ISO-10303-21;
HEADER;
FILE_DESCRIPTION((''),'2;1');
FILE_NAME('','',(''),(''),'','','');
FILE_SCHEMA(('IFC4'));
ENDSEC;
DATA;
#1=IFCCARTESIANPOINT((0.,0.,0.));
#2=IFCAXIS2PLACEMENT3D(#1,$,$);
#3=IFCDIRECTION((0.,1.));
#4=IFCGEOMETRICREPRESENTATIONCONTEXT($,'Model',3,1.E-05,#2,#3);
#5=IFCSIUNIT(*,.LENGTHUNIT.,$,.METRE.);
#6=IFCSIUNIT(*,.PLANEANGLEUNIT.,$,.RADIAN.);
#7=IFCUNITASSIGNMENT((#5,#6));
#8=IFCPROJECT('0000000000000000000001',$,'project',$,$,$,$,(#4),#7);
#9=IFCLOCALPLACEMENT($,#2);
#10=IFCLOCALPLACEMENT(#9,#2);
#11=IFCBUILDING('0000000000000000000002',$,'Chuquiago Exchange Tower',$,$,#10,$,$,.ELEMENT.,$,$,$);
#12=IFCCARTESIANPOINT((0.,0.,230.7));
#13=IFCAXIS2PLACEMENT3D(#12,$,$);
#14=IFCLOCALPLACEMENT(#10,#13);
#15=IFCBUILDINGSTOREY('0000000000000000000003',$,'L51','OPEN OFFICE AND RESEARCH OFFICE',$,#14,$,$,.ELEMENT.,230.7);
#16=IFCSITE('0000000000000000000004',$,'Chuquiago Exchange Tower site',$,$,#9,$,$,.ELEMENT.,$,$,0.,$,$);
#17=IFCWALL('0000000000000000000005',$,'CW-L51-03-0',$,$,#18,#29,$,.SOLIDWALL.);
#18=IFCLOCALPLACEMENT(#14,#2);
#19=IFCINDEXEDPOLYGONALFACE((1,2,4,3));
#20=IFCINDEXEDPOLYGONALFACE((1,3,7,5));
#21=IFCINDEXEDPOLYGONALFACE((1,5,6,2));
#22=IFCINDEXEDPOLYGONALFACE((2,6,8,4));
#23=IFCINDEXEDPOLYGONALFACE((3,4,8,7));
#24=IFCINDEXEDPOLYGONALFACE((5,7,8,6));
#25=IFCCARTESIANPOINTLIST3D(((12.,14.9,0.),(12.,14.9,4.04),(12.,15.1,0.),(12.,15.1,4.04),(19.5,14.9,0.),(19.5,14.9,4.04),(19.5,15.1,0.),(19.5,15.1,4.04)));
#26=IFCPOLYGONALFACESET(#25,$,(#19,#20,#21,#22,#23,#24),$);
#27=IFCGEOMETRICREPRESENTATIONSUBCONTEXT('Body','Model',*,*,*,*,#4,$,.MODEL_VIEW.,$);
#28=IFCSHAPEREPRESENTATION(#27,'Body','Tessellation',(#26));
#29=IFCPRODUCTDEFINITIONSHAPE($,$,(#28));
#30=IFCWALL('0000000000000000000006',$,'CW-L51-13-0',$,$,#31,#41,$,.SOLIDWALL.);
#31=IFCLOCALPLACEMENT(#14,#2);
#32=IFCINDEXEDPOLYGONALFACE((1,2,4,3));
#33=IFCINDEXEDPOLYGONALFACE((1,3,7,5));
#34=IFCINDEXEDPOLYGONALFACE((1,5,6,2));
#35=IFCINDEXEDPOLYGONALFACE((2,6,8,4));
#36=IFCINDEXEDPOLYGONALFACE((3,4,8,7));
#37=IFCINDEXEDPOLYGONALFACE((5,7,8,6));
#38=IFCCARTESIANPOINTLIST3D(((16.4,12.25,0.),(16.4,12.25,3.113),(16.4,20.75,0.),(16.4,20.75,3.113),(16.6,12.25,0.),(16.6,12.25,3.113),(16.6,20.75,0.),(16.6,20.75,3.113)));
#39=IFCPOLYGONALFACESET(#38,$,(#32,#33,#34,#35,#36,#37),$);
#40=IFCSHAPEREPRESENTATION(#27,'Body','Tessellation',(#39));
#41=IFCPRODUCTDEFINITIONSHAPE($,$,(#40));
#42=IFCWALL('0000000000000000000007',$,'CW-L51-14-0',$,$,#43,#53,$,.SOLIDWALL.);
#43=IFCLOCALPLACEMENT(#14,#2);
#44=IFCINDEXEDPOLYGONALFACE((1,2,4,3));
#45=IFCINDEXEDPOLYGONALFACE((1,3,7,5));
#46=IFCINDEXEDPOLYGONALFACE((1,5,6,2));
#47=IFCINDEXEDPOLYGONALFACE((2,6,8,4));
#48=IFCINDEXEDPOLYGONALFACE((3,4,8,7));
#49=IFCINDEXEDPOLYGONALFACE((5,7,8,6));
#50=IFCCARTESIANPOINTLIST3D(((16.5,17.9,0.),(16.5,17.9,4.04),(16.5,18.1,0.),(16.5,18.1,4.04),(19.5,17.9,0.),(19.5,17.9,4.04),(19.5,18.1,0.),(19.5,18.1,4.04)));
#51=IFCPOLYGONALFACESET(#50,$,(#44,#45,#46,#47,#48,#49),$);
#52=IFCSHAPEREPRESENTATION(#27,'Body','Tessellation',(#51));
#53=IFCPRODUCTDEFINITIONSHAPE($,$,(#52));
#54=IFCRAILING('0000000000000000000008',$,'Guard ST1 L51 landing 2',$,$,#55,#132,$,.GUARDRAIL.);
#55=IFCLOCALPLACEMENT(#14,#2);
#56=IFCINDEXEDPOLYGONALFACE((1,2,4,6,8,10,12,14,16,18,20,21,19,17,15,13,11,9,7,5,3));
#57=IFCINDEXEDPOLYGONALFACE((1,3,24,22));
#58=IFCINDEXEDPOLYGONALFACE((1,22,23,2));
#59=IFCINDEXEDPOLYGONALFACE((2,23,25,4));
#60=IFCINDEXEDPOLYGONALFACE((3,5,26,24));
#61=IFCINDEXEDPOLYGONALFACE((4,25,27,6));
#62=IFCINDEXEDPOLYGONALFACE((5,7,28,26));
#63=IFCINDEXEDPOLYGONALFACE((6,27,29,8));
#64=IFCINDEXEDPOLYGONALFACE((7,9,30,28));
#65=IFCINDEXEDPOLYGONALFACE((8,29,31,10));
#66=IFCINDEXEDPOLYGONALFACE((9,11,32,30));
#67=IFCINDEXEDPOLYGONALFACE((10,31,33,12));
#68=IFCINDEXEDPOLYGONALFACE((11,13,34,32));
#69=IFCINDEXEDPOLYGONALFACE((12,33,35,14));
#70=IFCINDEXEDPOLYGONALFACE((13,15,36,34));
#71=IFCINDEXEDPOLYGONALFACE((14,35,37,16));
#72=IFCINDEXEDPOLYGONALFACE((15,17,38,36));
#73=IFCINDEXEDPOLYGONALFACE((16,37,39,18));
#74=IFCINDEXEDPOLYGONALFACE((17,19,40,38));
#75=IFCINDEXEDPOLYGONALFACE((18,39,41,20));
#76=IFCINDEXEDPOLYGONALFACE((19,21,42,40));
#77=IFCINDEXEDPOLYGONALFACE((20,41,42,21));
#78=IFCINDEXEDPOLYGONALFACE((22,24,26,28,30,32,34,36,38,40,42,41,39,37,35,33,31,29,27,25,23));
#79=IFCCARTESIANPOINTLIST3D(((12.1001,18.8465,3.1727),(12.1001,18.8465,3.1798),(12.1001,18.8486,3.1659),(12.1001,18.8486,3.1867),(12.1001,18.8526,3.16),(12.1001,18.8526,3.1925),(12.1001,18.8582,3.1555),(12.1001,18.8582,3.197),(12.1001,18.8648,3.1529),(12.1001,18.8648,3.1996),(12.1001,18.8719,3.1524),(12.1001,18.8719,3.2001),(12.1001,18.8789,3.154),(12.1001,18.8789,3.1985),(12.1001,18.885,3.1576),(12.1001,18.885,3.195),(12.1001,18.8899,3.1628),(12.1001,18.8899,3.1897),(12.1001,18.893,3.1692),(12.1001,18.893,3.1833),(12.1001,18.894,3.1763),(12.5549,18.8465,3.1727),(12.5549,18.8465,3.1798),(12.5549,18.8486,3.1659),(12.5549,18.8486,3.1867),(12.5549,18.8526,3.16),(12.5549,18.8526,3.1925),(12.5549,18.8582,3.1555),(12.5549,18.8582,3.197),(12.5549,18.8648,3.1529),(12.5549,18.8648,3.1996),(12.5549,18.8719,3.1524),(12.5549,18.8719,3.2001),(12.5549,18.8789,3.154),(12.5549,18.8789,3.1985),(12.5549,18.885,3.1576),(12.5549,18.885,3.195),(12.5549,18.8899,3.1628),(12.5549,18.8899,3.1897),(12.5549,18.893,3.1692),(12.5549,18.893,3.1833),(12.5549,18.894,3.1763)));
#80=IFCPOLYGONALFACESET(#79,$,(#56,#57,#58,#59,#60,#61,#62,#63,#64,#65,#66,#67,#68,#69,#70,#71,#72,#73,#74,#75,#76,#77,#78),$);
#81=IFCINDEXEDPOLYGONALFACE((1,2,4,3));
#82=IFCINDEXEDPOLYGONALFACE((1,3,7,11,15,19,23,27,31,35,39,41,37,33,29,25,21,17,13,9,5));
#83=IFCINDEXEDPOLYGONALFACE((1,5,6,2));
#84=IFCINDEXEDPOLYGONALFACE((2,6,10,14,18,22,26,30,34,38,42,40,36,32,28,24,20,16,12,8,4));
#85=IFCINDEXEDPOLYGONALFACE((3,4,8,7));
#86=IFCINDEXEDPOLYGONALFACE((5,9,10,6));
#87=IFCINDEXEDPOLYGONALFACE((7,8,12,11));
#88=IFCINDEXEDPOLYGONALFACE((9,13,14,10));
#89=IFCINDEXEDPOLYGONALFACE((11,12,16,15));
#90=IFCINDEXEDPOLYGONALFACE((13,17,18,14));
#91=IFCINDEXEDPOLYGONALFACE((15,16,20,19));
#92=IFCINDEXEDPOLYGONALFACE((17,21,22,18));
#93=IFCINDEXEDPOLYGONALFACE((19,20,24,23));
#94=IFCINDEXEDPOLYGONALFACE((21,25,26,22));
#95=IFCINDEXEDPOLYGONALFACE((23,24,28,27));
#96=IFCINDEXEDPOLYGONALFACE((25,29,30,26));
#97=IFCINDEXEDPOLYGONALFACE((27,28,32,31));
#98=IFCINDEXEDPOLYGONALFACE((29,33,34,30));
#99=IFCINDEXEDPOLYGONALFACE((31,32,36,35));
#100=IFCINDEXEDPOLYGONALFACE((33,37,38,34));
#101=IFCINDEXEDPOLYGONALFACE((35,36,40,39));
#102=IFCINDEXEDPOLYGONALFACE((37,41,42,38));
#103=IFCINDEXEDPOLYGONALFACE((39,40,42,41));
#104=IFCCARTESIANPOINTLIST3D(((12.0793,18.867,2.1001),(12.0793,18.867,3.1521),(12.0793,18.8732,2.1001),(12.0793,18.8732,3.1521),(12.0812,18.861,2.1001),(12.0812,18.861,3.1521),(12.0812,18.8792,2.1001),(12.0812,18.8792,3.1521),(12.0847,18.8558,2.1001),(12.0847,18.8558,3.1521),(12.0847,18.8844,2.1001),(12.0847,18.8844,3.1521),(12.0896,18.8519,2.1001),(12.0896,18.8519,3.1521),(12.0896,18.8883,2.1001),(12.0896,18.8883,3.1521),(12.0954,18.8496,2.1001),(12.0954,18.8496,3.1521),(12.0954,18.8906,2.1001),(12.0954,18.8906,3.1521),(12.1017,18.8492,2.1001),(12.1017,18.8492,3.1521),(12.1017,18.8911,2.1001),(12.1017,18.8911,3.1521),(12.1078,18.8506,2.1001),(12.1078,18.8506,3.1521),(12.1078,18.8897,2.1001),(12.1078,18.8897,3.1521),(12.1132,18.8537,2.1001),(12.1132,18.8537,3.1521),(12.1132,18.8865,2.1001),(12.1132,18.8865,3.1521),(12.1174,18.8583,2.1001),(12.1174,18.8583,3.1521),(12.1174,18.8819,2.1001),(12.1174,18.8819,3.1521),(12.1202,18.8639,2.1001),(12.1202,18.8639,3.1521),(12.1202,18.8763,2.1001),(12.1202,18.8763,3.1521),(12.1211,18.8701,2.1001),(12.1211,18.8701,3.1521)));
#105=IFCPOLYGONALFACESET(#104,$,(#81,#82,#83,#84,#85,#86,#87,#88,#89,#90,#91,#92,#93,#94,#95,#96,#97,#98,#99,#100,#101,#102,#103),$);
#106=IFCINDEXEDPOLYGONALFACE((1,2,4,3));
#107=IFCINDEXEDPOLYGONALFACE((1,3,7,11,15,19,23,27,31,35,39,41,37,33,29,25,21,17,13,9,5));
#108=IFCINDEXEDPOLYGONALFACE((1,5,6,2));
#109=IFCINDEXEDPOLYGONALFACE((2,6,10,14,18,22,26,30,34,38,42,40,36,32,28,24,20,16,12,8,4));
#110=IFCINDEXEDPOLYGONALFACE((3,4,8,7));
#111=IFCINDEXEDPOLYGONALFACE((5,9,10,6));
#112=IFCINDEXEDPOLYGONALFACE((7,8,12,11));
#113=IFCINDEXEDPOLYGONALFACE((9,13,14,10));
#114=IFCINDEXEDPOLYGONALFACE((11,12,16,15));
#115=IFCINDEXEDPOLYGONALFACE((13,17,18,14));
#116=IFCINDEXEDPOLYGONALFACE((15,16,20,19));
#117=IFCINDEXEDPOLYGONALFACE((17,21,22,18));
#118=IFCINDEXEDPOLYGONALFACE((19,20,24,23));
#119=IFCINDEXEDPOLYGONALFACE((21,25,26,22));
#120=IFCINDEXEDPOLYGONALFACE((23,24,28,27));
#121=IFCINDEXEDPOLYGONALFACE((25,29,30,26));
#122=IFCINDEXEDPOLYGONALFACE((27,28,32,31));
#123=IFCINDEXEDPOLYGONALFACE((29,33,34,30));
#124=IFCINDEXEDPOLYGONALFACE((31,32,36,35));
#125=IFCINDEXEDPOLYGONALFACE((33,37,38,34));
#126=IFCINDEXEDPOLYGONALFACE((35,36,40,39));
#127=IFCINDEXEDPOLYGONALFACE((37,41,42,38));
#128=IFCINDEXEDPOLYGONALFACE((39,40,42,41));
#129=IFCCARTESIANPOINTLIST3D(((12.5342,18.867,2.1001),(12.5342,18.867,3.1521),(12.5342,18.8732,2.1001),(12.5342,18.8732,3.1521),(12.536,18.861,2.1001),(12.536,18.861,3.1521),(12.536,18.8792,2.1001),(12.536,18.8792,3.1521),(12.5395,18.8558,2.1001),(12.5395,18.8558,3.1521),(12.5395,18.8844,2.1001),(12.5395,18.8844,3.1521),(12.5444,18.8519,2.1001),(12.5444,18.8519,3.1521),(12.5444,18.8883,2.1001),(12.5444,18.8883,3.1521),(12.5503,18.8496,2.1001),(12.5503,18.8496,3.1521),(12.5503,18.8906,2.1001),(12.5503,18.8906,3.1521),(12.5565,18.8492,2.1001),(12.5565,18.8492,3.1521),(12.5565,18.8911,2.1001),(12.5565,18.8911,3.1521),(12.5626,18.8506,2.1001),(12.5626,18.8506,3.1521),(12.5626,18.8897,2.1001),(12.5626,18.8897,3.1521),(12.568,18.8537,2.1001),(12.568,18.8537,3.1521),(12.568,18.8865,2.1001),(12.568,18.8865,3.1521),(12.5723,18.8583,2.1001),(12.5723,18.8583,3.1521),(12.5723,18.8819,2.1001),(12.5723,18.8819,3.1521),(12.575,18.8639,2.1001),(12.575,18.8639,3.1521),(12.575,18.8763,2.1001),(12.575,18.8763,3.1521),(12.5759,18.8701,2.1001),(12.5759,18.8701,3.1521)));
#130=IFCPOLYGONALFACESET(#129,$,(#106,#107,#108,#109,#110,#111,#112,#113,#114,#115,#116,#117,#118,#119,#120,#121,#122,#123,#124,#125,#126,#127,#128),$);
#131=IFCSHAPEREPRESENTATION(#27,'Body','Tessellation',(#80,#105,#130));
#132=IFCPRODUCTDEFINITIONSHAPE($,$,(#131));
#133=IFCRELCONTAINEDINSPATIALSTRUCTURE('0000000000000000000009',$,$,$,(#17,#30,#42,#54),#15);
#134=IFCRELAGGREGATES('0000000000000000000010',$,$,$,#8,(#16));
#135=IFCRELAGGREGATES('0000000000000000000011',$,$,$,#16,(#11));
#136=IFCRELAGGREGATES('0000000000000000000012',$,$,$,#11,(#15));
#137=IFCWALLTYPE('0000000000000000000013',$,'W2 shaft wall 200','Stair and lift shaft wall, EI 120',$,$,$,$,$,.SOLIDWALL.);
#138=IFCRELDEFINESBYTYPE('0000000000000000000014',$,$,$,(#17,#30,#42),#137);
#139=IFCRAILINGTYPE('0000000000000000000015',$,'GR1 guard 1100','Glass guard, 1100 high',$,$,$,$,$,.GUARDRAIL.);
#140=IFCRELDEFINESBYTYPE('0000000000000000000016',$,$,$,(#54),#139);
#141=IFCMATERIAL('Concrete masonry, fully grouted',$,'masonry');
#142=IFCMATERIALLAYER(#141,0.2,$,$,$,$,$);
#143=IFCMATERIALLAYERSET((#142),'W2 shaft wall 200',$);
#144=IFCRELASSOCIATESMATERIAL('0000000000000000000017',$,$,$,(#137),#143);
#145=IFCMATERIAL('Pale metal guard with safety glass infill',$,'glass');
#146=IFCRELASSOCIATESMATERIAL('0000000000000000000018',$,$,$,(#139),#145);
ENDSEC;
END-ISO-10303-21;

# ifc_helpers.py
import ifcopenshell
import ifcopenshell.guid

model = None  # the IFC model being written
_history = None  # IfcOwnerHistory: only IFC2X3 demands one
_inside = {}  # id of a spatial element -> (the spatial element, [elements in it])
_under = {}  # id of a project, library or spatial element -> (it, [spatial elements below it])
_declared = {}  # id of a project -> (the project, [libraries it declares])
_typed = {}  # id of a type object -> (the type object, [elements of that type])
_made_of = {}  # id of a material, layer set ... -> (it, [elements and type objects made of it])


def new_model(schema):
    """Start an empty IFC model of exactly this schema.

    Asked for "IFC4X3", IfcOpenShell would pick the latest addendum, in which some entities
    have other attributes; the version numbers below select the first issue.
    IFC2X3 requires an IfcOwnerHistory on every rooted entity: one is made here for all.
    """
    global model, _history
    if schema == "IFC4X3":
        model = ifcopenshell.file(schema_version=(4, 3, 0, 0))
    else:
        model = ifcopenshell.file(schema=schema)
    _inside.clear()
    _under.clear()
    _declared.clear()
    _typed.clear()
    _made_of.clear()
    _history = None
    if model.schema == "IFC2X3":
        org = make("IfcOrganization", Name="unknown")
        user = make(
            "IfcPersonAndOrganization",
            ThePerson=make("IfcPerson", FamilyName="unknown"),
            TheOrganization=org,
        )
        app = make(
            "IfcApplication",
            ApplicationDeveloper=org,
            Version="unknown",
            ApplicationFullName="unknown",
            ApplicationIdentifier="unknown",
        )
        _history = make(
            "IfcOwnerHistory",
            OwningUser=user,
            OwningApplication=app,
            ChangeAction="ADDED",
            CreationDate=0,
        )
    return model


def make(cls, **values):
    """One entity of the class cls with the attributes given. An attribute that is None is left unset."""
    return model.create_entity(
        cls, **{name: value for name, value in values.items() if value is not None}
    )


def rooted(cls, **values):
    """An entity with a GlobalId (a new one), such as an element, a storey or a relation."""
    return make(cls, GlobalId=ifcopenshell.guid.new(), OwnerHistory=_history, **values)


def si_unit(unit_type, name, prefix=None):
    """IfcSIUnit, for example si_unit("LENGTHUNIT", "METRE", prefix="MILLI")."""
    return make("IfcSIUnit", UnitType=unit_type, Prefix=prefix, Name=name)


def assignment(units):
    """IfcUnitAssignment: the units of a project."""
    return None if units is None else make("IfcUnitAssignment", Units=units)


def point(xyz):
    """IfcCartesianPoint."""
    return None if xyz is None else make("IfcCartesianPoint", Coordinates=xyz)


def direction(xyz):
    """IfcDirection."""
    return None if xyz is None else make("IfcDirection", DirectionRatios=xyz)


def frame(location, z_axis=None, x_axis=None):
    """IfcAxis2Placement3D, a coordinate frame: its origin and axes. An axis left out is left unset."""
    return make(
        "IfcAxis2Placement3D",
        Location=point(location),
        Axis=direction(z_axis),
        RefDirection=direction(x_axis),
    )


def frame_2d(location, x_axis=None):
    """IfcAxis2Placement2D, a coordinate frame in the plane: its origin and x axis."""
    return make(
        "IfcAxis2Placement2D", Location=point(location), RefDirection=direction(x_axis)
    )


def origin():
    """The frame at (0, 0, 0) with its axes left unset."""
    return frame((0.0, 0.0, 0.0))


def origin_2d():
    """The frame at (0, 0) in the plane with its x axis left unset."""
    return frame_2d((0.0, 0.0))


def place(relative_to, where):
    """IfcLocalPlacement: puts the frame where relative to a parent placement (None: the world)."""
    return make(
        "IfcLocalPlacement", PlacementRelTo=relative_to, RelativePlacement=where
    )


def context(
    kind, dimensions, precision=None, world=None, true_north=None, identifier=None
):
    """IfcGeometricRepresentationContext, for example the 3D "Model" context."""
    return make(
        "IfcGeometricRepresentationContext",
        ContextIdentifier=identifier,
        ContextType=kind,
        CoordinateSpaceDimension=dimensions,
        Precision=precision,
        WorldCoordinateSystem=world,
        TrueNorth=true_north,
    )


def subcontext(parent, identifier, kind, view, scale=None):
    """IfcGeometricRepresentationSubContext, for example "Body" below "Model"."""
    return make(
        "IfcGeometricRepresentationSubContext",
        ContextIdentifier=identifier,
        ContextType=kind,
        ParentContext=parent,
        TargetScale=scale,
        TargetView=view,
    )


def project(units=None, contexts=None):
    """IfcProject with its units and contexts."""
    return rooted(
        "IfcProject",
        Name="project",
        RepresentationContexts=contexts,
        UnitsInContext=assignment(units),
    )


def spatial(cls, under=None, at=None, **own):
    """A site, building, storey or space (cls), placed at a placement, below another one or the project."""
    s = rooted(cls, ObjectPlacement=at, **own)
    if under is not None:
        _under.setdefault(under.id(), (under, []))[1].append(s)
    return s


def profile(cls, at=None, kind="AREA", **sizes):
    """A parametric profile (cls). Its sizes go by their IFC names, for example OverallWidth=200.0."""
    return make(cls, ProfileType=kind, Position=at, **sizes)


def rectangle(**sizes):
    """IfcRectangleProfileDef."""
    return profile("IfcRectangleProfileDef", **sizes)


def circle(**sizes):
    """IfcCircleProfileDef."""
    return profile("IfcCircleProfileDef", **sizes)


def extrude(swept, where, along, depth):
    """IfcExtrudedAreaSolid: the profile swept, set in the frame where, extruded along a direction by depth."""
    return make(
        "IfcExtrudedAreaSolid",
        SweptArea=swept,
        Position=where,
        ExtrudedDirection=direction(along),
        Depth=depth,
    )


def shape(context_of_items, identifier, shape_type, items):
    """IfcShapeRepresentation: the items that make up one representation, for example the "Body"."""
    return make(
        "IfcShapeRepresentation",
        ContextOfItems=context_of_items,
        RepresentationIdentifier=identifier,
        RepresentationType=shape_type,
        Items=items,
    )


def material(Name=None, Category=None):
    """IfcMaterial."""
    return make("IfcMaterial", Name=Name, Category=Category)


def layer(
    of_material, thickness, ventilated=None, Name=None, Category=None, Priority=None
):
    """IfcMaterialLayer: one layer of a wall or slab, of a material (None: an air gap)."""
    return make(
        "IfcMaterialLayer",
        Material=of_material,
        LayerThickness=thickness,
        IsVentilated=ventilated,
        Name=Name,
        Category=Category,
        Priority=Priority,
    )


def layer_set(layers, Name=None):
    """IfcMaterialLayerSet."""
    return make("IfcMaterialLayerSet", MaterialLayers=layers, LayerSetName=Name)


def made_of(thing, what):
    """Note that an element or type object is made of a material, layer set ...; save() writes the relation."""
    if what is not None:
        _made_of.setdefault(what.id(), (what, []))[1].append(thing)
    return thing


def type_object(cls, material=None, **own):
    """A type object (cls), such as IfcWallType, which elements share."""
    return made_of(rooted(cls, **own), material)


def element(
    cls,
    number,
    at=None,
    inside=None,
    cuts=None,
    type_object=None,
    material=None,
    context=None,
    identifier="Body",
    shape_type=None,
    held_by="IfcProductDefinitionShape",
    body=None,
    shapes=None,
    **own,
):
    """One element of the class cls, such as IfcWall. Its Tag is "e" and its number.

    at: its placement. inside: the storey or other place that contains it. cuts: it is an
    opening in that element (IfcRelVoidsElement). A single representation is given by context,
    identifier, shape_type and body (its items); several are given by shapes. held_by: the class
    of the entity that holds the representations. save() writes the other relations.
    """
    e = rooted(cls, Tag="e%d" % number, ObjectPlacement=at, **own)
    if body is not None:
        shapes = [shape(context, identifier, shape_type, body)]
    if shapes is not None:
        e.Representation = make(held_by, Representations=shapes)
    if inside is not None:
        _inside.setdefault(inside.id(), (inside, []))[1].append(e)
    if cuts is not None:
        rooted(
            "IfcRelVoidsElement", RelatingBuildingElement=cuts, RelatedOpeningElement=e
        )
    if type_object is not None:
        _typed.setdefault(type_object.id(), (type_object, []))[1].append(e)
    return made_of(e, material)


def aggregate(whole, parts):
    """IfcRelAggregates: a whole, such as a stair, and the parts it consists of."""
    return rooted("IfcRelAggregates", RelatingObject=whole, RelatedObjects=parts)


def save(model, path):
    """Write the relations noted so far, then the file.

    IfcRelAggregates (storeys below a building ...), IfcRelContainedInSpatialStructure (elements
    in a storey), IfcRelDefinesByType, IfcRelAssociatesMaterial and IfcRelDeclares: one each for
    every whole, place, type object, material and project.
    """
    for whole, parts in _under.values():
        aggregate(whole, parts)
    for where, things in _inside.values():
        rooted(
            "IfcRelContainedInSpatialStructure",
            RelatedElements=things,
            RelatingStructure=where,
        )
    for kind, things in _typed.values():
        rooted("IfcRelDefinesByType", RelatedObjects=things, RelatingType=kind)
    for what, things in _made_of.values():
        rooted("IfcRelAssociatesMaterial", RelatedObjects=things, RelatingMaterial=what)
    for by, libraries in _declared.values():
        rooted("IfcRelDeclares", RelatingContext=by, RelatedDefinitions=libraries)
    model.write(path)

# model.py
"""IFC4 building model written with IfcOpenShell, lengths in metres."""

from ifc_helpers import new_model, si_unit, direction, frame, frame_2d, origin, origin_2d, place, context, subcontext, project, spatial, rectangle, circle, extrude, material, layer, layer_set, type_object, element, save


model = new_model("IFC4")

# Units and contexts
model_context = context("Model", 3, precision=1e-05, world=origin(), true_north=direction((0.0, 1.0)))
body_context = subcontext(model_context, "Body", "Model", "MODEL_VIEW")
ifc_project = project(units=[si_unit("LENGTHUNIT", "METRE"), si_unit("PLANEANGLEUNIT", "RADIAN")], contexts=[model_context])

# Site, building, storey
site_placement = place(None, origin())
site = spatial("IfcSite", under=ifc_project, at=site_placement, Name="Chuquiago Exchange Tower site", CompositionType="ELEMENT", RefElevation=0.0)
building_placement = place(site_placement, origin())
building = spatial("IfcBuilding", under=site, at=building_placement, Name="Chuquiago Exchange Tower", CompositionType="ELEMENT")
storey_placement = place(building_placement, frame((0.0, 0.0, 230.7)))
storey = spatial("IfcBuildingStorey", under=building, at=storey_placement, Name="L51", Description="OPEN OFFICE AND RESEARCH OFFICE", CompositionType="ELEMENT", Elevation=230.7)

# Walls
ifc_material_1 = material(Name="Concrete masonry, fully grouted", Category="masonry")
ifc_layer_1 = layer(ifc_material_1, 0.2)
ifc_layer_set_1 = layer_set([ifc_layer_1], Name="W2 shaft wall 200")
wall_type_1 = type_object("IfcWallType", Name="W2 shaft wall 200", Description="Stair and lift shaft wall, EI 120", PredefinedType="SOLIDWALL", material=ifc_layer_set_1)
wall_1_placement = place(storey_placement, frame((12.0, 15.0, 0.0), z_axis=(0.0, 0.0, 1.0), x_axis=(1.0, 0.0, 0.0)))
element("IfcWall", 1, at=wall_1_placement, inside=storey, type_object=wall_type_1, Name="CW-L51-03-0", PredefinedType="SOLIDWALL", context=body_context, shape_type="SweptSolid", body=[
    extrude(rectangle(XDim=7.5, YDim=0.2, at=frame_2d((3.75, 0.0))), origin(), (0.0, 0.0, 1.0), 4.04),
])
wall_2_placement = place(storey_placement, frame((16.5, 12.25, 0.0), z_axis=(0.0, 0.0, 1.0), x_axis=(0.0, 1.0, 0.0)))
element("IfcWall", 2, at=wall_2_placement, inside=storey, type_object=wall_type_1, Name="CW-L51-13-0", PredefinedType="SOLIDWALL", context=body_context, shape_type="SweptSolid", body=[
    extrude(rectangle(XDim=8.5, YDim=0.2, at=frame_2d((4.25, 0.0))), origin(), (0.0, 0.0, 1.0), 3.113),
])
wall_3_placement = place(storey_placement, frame((16.5, 18.0, 0.0), z_axis=(0.0, 0.0, 1.0), x_axis=(1.0, 0.0, 0.0)))
element("IfcWall", 3, at=wall_3_placement, inside=storey, type_object=wall_type_1, Name="CW-L51-14-0", PredefinedType="SOLIDWALL", context=body_context, shape_type="SweptSolid", body=[
    extrude(rectangle(XDim=3.0, YDim=0.2, at=frame_2d((1.5, 0.0))), origin(), (0.0, 0.0, 1.0), 4.04),
])

# Railing
ifc_material_2 = material(Name="Pale metal guard with safety glass infill", Category="glass")
railing_type = type_object("IfcRailingType", Name="GR1 guard 1100", Description="Glass guard, 1100 high", PredefinedType="GUARDRAIL", material=ifc_material_2)
railing_placement = place(storey_placement, frame((12.1001, 18.8701, 2.1001)))
element("IfcRailing", 4, at=railing_placement, inside=storey, type_object=railing_type, Name="Guard ST1 L51 landing 2", PredefinedType="GUARDRAIL", context=body_context, shape_type="SweptSolid", body=[
    extrude(circle(Radius=0.0239, at=origin_2d()), frame((0.0, 0.0, 1.0762), z_axis=(1.0, 0.0, 0.0), x_axis=(0.0, 1.0, 0.0)), (0.0, 0.0, 1.0), 0.4548),
    extrude(circle(Radius=0.021, at=origin_2d()), origin(), (0.0, 0.0, 1.0), 1.052),
    extrude(circle(Radius=0.021, at=origin_2d()), frame((0.4548, 0.0, 0.0)), (0.0, 0.0, 1.0), 1.052),
])

save(model, "model.ifc")
